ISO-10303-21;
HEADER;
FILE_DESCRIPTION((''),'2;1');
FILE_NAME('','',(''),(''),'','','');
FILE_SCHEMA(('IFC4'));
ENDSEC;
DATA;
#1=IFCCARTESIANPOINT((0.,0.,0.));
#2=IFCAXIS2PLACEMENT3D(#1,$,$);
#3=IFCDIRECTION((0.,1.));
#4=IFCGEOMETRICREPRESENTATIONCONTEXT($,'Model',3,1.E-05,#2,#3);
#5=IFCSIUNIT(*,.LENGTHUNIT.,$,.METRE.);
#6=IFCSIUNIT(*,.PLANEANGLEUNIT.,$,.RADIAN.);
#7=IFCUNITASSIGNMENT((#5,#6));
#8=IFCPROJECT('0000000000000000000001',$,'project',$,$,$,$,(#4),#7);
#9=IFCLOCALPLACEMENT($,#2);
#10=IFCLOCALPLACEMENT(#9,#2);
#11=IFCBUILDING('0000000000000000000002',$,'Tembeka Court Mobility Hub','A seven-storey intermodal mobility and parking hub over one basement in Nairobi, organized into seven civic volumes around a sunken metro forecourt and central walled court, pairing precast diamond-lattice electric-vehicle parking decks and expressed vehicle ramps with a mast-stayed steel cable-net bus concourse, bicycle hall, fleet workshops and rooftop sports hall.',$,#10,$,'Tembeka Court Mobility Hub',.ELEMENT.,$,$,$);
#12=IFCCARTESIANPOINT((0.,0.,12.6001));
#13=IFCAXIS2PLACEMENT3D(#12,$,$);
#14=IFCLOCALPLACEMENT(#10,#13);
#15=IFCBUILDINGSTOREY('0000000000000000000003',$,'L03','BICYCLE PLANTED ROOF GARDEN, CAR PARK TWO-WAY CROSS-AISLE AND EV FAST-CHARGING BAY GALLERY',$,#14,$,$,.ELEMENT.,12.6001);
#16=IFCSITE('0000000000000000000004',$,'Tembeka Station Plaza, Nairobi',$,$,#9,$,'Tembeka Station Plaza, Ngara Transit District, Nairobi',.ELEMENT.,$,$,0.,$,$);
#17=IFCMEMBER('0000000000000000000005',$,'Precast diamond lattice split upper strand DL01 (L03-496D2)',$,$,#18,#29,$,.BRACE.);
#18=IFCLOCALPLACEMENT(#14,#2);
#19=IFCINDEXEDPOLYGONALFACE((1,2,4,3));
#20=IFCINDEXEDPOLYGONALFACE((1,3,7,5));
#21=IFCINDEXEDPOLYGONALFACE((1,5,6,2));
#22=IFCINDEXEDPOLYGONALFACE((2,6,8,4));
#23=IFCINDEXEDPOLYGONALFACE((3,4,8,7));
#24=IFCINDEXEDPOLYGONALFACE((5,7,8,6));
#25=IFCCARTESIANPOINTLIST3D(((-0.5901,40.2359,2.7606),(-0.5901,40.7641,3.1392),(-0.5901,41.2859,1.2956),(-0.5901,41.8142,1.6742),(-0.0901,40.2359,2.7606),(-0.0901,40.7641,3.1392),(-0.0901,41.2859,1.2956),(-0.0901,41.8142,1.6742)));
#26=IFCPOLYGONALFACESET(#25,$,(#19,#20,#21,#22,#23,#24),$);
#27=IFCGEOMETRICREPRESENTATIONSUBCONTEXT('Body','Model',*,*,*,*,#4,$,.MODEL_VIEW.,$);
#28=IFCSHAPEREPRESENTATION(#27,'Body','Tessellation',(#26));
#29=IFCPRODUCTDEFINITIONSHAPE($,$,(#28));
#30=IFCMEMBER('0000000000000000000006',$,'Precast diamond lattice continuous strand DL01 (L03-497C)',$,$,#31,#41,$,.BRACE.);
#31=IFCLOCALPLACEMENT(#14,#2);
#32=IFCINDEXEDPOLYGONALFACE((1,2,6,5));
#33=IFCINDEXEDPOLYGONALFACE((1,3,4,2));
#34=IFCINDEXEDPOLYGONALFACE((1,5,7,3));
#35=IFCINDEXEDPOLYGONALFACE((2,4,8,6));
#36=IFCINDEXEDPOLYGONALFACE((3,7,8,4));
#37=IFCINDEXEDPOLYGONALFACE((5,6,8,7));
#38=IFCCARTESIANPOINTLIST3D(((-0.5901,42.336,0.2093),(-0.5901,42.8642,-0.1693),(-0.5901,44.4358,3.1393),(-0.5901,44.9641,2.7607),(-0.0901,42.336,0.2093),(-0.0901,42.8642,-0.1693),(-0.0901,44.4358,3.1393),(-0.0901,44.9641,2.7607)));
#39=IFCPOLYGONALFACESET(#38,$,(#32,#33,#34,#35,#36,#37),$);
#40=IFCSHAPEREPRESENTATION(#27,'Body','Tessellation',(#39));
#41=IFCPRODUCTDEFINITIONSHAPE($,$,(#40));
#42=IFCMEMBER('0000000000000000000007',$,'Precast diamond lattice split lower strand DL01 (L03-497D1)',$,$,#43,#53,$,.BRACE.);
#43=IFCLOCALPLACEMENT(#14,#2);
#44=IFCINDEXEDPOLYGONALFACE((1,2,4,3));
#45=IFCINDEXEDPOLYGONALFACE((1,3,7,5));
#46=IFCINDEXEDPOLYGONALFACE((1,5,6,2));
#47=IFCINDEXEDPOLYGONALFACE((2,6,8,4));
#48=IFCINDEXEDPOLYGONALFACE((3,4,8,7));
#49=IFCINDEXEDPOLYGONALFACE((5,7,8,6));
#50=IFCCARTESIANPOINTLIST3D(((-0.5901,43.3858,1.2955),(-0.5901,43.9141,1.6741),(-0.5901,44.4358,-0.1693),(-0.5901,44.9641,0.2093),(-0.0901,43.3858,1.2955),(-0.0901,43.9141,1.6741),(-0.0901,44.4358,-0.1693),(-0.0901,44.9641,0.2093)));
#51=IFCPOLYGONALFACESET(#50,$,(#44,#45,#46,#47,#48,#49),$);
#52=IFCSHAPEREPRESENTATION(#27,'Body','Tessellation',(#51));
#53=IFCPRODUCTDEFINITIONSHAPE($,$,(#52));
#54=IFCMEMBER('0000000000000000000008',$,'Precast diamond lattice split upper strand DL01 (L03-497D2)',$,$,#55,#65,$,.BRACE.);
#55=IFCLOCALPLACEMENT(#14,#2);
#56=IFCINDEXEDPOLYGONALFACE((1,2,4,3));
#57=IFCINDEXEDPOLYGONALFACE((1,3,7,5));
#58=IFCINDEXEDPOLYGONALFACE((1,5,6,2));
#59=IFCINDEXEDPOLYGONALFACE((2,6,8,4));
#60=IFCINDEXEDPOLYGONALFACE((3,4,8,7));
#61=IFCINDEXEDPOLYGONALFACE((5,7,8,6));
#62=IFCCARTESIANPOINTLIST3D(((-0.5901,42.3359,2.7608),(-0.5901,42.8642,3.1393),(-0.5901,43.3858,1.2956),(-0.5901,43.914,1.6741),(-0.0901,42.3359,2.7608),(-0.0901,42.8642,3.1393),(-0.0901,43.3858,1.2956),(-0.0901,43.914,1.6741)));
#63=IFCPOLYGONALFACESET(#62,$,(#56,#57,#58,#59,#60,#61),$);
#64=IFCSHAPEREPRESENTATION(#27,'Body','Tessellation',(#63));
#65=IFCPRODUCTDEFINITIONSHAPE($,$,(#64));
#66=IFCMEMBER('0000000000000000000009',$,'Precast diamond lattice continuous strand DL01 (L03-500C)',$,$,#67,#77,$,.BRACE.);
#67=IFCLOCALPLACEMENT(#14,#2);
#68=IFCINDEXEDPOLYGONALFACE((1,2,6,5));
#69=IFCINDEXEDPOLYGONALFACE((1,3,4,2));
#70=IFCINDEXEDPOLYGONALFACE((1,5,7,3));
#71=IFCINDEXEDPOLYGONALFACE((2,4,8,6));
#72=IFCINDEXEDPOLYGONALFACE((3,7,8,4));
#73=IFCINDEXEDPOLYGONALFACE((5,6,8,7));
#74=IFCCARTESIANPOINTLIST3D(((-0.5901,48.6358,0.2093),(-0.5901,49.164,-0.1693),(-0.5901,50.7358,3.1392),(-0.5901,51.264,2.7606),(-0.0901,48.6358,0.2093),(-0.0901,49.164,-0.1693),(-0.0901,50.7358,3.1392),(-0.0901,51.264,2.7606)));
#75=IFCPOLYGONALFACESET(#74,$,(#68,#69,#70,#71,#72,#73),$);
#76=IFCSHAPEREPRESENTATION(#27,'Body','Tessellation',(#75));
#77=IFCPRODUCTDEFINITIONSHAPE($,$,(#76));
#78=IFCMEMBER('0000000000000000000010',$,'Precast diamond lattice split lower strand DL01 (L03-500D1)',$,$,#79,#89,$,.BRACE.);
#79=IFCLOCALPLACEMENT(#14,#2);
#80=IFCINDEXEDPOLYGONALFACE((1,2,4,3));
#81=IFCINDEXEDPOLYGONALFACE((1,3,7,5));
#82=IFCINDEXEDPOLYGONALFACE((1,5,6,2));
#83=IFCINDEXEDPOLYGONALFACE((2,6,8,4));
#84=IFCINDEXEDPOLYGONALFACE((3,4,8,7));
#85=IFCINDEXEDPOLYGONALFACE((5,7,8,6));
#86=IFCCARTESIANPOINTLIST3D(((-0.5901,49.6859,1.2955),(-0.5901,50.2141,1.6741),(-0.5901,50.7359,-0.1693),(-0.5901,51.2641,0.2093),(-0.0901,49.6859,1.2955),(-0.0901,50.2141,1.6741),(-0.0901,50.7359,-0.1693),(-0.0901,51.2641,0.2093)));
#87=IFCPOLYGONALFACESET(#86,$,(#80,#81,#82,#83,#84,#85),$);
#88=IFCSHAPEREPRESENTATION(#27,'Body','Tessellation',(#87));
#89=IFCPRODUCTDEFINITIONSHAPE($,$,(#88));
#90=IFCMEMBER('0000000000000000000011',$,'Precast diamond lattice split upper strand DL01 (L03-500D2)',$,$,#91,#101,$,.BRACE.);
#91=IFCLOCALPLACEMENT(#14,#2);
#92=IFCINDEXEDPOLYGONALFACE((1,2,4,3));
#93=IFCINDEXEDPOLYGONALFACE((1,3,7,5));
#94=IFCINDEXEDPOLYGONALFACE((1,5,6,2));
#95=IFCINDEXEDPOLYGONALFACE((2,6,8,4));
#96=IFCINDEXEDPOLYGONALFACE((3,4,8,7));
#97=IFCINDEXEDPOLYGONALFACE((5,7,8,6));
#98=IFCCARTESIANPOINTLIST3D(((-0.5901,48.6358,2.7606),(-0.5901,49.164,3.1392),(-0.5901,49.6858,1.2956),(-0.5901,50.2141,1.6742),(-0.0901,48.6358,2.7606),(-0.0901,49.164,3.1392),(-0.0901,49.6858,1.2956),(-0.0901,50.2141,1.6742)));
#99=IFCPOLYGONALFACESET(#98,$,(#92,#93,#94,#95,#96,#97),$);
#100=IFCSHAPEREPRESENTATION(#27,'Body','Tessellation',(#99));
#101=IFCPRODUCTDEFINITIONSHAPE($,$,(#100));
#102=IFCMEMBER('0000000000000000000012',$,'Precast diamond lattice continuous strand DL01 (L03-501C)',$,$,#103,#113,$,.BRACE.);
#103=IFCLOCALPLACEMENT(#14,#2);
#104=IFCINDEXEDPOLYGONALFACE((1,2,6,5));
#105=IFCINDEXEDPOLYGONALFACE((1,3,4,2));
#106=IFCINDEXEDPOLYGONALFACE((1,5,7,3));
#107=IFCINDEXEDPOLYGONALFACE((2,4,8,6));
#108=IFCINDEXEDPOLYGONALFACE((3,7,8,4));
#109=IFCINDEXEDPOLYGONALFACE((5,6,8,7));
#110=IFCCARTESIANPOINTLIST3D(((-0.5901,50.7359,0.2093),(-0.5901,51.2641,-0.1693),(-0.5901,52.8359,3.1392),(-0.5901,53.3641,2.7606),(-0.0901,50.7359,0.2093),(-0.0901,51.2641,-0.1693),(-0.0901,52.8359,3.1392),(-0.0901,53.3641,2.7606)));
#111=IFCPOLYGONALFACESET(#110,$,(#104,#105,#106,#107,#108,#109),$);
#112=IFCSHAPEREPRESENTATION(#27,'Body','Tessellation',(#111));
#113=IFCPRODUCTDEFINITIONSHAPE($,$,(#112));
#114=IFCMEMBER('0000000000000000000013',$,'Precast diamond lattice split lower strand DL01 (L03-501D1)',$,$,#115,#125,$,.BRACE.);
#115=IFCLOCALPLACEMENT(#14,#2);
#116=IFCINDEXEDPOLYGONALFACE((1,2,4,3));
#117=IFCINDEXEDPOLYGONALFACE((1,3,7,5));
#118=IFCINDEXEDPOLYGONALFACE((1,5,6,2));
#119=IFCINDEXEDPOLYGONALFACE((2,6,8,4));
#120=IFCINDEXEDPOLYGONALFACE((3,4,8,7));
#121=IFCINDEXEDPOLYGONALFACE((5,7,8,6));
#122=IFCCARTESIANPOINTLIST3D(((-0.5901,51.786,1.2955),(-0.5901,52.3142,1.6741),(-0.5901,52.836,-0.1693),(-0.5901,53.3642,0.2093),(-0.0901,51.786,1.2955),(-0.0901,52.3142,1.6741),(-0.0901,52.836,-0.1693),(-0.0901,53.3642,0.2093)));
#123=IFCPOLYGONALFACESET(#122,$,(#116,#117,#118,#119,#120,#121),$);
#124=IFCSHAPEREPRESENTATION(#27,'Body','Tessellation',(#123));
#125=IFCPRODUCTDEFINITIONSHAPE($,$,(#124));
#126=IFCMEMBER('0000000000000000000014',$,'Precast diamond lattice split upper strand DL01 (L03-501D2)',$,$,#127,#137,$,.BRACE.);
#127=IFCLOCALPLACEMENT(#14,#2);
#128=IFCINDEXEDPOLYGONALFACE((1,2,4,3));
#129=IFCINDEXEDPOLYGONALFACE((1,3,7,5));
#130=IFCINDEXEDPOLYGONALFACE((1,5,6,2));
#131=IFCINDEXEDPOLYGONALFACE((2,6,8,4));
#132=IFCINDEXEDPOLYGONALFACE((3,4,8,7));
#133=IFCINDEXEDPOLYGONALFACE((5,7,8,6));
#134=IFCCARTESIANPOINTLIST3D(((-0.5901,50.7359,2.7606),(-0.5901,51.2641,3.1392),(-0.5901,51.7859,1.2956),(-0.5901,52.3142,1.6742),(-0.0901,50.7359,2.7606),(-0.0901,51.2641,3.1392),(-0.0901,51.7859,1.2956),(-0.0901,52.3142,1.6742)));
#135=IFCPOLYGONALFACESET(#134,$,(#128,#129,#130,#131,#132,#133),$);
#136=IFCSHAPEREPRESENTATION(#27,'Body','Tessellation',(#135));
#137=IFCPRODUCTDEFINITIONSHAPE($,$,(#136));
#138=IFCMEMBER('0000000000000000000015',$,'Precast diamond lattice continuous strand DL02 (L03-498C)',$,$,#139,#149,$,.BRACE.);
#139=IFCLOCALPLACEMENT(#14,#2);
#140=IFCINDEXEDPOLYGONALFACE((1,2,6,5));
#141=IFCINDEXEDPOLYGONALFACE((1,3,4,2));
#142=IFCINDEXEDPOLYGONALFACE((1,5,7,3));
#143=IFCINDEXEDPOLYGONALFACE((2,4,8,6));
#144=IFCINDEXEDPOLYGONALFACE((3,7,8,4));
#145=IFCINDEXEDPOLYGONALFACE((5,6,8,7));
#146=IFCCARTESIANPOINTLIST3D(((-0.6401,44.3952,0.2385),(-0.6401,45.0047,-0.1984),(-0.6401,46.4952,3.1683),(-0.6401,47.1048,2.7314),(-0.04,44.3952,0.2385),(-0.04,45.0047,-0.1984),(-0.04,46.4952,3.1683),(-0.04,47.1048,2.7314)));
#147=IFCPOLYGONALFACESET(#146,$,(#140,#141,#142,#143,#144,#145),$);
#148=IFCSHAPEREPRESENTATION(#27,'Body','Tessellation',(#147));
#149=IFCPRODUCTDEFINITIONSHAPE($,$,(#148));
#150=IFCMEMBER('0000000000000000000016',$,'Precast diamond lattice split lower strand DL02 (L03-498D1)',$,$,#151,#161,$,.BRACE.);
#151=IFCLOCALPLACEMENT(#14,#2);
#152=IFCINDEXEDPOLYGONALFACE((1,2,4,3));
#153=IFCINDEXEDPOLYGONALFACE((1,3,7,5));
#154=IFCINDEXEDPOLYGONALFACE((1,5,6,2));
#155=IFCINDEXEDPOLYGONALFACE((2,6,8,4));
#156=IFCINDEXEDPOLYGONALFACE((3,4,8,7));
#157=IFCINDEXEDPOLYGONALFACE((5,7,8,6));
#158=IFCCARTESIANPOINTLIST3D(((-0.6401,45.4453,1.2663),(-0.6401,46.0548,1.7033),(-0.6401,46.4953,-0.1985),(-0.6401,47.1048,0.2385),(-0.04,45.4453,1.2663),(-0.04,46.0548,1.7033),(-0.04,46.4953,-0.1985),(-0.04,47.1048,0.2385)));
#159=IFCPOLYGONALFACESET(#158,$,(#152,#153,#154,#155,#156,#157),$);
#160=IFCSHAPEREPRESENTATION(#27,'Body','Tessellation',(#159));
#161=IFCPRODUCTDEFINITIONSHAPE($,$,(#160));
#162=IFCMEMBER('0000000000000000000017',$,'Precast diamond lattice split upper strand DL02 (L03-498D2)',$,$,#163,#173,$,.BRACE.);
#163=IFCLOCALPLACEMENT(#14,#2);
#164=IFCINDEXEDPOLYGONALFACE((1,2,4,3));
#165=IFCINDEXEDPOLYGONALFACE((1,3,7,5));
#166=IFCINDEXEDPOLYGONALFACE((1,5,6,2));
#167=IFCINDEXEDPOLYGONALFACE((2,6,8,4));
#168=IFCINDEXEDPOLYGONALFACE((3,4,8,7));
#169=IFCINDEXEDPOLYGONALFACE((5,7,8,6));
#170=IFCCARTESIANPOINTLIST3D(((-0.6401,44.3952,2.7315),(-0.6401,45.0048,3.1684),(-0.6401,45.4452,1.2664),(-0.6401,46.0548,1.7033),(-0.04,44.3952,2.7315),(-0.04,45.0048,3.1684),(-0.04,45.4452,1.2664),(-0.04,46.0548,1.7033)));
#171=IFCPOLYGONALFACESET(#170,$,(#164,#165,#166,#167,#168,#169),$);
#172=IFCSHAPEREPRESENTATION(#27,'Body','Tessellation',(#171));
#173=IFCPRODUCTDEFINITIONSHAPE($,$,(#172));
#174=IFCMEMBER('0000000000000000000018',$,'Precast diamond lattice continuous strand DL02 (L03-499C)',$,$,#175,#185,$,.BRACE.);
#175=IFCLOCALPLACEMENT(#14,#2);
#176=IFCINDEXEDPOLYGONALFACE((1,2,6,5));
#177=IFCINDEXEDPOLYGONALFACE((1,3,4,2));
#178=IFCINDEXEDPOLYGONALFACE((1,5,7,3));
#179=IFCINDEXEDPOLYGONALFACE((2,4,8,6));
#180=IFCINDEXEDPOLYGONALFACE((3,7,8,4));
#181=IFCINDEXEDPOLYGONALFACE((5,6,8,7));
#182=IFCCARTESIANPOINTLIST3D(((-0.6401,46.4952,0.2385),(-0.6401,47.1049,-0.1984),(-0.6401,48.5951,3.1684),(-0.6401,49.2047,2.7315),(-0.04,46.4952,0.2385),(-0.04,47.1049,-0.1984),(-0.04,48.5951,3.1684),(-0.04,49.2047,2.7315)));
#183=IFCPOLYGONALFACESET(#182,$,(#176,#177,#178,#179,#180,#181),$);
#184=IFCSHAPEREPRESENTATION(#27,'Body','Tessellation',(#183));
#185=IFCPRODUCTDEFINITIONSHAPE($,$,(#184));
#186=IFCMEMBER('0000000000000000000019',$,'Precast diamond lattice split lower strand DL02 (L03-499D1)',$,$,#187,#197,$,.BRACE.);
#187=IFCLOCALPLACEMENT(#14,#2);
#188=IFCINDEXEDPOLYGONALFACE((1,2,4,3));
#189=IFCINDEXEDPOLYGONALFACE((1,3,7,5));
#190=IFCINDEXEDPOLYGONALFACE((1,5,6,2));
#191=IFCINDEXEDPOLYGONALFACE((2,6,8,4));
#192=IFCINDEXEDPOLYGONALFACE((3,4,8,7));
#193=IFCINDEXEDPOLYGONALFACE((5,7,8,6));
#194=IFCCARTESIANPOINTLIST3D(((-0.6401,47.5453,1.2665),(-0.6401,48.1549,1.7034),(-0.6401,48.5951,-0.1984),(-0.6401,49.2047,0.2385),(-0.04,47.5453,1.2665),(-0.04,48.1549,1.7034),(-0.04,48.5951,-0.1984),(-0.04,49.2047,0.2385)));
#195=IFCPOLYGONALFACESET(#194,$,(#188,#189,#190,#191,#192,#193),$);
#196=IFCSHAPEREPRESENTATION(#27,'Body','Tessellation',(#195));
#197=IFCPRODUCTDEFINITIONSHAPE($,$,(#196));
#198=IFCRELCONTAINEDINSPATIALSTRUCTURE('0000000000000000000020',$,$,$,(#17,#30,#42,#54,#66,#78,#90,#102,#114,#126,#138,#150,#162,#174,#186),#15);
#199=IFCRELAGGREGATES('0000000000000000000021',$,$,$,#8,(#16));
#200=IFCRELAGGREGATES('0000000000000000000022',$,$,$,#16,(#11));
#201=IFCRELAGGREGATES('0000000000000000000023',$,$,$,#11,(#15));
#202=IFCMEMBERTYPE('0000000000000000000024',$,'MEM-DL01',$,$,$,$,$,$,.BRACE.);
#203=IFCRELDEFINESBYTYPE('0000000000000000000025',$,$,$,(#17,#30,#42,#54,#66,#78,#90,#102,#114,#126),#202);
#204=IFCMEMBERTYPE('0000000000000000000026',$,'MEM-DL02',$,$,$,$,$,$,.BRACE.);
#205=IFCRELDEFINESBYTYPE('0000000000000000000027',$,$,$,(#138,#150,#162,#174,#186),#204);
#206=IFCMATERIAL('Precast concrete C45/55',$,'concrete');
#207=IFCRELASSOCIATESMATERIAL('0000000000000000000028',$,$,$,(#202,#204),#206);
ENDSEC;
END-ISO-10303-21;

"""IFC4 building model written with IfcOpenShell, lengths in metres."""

from ifc_helpers import new_model, si_unit, direction, frame, origin, origin_2d, place, context, subcontext, project, spatial, rectangle, extrude, material, material_profile, profile_set, type_object, element, save


model = new_model("IFC4")

# Units and contexts
model_context = context("Model", 3, precision=1e-05, world=origin(), true_north=direction((0.0, 1.0)))
body_context = subcontext(model_context, "Body", "Model", "MODEL_VIEW")
ifc_project = project(units=[si_unit("LENGTHUNIT", "METRE"), si_unit("PLANEANGLEUNIT", "RADIAN")], contexts=[model_context])

# Site, building, storey
site_placement = place(None, origin())
site = spatial("IfcSite", under=ifc_project, at=site_placement, Name="Tembeka Station Plaza, Nairobi", LongName="Tembeka Station Plaza, Ngara Transit District, Nairobi", CompositionType="ELEMENT", RefElevation=0.0)
building_placement = place(site_placement, origin())
building = spatial("IfcBuilding", under=site, at=building_placement, Name="Tembeka Court Mobility Hub", Description="A seven-storey intermodal mobility and parking hub over one basement in Nairobi, organized into seven civic volumes around a sunken metro forecourt and central walled court, pairing precast diamond-lattice electric-vehicle parking decks and expressed vehicle ramps with a mast-stayed steel cable-net bus concourse, bicycle hall, fleet workshops and rooftop sports hall.", LongName="Tembeka Court Mobility Hub", CompositionType="ELEMENT")
storey_placement = place(building_placement, frame((0.0, 0.0, 12.6001)))
storey = spatial("IfcBuildingStorey", under=building, at=storey_placement, Name="L03", Description="BICYCLE PLANTED ROOF GARDEN, CAR PARK TWO-WAY CROSS-AISLE AND EV FAST-CHARGING BAY GALLERY", CompositionType="ELEMENT", Elevation=12.6001)

# Shared definitions
ifc_material_1 = material(Name="Precast concrete C45/55", Category="concrete")

# Members
ifc_material_profile_1 = material_profile(ifc_material_1, rectangle(XDim=0.5, YDim=0.6499, at=origin_2d()), Name="PC-DIAG 500x650")
ifc_profile_set_1 = profile_set([ifc_material_profile_1], Name="Precast concrete C45/55")
member_type_1 = type_object("IfcMemberType", Name="MEM-DL01", PredefinedType="BRACE", material=ifc_profile_set_1)
member_1_placement = place(storey_placement, frame((-0.3401, 41.55, 1.4849), z_axis=(0.0, -0.582544, 0.812799), x_axis=(1.0, 0.0, 0.0)))
element("IfcMember", 1, at=member_1_placement, inside=storey, type_object=member_type_1, Name="Precast diamond lattice split upper strand DL01 (L03-496D2)", PredefinedType="BRACE", context=body_context, shape_type="SweptSolid", body=[
    extrude(rectangle(XDim=0.5, YDim=0.6499, at=origin_2d()), origin(), (0.0, 0.0, 1.0), 1.8025),
])
member_2_placement = place(storey_placement, frame((-0.3401, 42.6001, 0.02), z_axis=(0.0, 0.582532, 0.812808), x_axis=(-1.0, 0.0, 0.0)))
element("IfcMember", 2, at=member_2_placement, inside=storey, type_object=member_type_1, Name="Precast diamond lattice continuous strand DL01 (L03-497C)", PredefinedType="BRACE", context=body_context, shape_type="SweptSolid", body=[
    extrude(rectangle(XDim=0.5, YDim=0.6499, at=origin_2d()), origin(), (0.0, 0.0, 1.0), 3.6047),
])
member_3_placement = place(storey_placement, frame((-0.3401, 44.7, 0.02), z_axis=(0.0, -0.582608, 0.812753), x_axis=(1.0, 0.0, 0.0)))
element("IfcMember", 3, at=member_3_placement, inside=storey, type_object=member_type_1, Name="Precast diamond lattice split lower strand DL01 (L03-497D1)", PredefinedType="BRACE", context=body_context, shape_type="SweptSolid", body=[
    extrude(rectangle(XDim=0.5, YDim=0.6499, at=origin_2d()), origin(), (0.0, 0.0, 1.0), 1.8022),
])
member_4_placement = place(storey_placement, frame((-0.3401, 43.6499, 1.4849), z_axis=(0.0, -0.582455, 0.812863), x_axis=(1.0, 0.0, 0.0)))
element("IfcMember", 4, at=member_4_placement, inside=storey, type_object=member_type_1, Name="Precast diamond lattice split upper strand DL01 (L03-497D2)", PredefinedType="BRACE", context=body_context, shape_type="SweptSolid", body=[
    extrude(rectangle(XDim=0.5, YDim=0.6499, at=origin_2d()), origin(), (0.0, 0.0, 1.0), 1.8025),
])
member_5_placement = place(storey_placement, frame((-0.3401, 48.8999, 0.02), z_axis=(0.0, 0.582576, 0.812776), x_axis=(-1.0, 0.0, 0.0)))
element("IfcMember", 5, at=member_5_placement, inside=storey, type_object=member_type_1, Name="Precast diamond lattice continuous strand DL01 (L03-500C)", PredefinedType="BRACE", context=body_context, shape_type="SweptSolid", body=[
    extrude(rectangle(XDim=0.5, YDim=0.6499, at=origin_2d()), origin(), (0.0, 0.0, 1.0), 3.6047),
])
member_6_placement = place(storey_placement, frame((-0.3401, 51.0, 0.02), z_axis=(0.0, -0.582608, 0.812753), x_axis=(1.0, 0.0, 0.0)))
element("IfcMember", 6, at=member_6_placement, inside=storey, type_object=member_type_1, Name="Precast diamond lattice split lower strand DL01 (L03-500D1)", PredefinedType="BRACE", context=body_context, shape_type="SweptSolid", body=[
    extrude(rectangle(XDim=0.5, YDim=0.6499, at=origin_2d()), origin(), (0.0, 0.0, 1.0), 1.8022),
])
member_7_placement = place(storey_placement, frame((-0.3401, 49.95, 1.4849), z_axis=(0.0, -0.582544, 0.812799), x_axis=(1.0, 0.0, 0.0)))
element("IfcMember", 7, at=member_7_placement, inside=storey, type_object=member_type_1, Name="Precast diamond lattice split upper strand DL01 (L03-500D2)", PredefinedType="BRACE", context=body_context, shape_type="SweptSolid", body=[
    extrude(rectangle(XDim=0.5, YDim=0.6499, at=origin_2d()), origin(), (0.0, 0.0, 1.0), 1.8025),
])
member_8_placement = place(storey_placement, frame((-0.3401, 51.0, 0.02), z_axis=(0.0, 0.582576, 0.812776), x_axis=(-1.0, 0.0, 0.0)))
element("IfcMember", 8, at=member_8_placement, inside=storey, type_object=member_type_1, Name="Precast diamond lattice continuous strand DL01 (L03-501C)", PredefinedType="BRACE", context=body_context, shape_type="SweptSolid", body=[
    extrude(rectangle(XDim=0.5, YDim=0.6499, at=origin_2d()), origin(), (0.0, 0.0, 1.0), 3.6047),
])
member_9_placement = place(storey_placement, frame((-0.3401, 53.1001, 0.02), z_axis=(0.0, -0.582608, 0.812753), x_axis=(1.0, 0.0, 0.0)))
element("IfcMember", 9, at=member_9_placement, inside=storey, type_object=member_type_1, Name="Precast diamond lattice split lower strand DL01 (L03-501D1)", PredefinedType="BRACE", context=body_context, shape_type="SweptSolid", body=[
    extrude(rectangle(XDim=0.5, YDim=0.6499, at=origin_2d()), origin(), (0.0, 0.0, 1.0), 1.8022),
])
member_10_placement = place(storey_placement, frame((-0.3401, 52.05, 1.4849), z_axis=(0.0, -0.582544, 0.812799), x_axis=(1.0, 0.0, 0.0)))
element("IfcMember", 10, at=member_10_placement, inside=storey, type_object=member_type_1, Name="Precast diamond lattice split upper strand DL01 (L03-501D2)", PredefinedType="BRACE", context=body_context, shape_type="SweptSolid", body=[
    extrude(rectangle(XDim=0.5, YDim=0.6499, at=origin_2d()), origin(), (0.0, 0.0, 1.0), 1.8025),
])
ifc_material_profile_2 = material_profile(ifc_material_1, rectangle(XDim=0.6001, YDim=0.75, at=origin_2d()), Name="PC-DIAG 600x750")
ifc_profile_set_2 = profile_set([ifc_material_profile_2], Name="Precast concrete C45/55")
member_type_2 = type_object("IfcMemberType", Name="MEM-DL02", PredefinedType="BRACE", material=ifc_profile_set_2)
member_11_placement = place(storey_placement, frame((-0.3401, 44.7, 0.02), z_axis=(0.0, 0.582576, 0.812776), x_axis=(-1.0, 0.0, 0.0)))
element("IfcMember", 11, at=member_11_placement, inside=storey, type_object=member_type_2, Name="Precast diamond lattice continuous strand DL02 (L03-498C)", PredefinedType="BRACE", context=body_context, shape_type="SweptSolid", body=[
    extrude(rectangle(XDim=0.6001, YDim=0.75, at=origin_2d()), origin(), (0.0, 0.0, 1.0), 3.6047),
])
member_12_placement = place(storey_placement, frame((-0.3401, 46.8, 0.02), z_axis=(0.0, -0.582608, 0.812753), x_axis=(1.0, 0.0, 0.0)))
element("IfcMember", 12, at=member_12_placement, inside=storey, type_object=member_type_2, Name="Precast diamond lattice split lower strand DL02 (L03-498D1)", PredefinedType="BRACE", context=body_context, shape_type="SweptSolid", body=[
    extrude(rectangle(XDim=0.6001, YDim=0.75, at=origin_2d()), origin(), (0.0, 0.0, 1.0), 1.8022),
])
member_13_placement = place(storey_placement, frame((-0.3401, 45.75, 1.4849), z_axis=(0.0, -0.582544, 0.812799), x_axis=(1.0, 0.0, 0.0)))
element("IfcMember", 13, at=member_13_placement, inside=storey, type_object=member_type_2, Name="Precast diamond lattice split upper strand DL02 (L03-498D2)", PredefinedType="BRACE", context=body_context, shape_type="SweptSolid", body=[
    extrude(rectangle(XDim=0.6001, YDim=0.75, at=origin_2d()), origin(), (0.0, 0.0, 1.0), 1.8025),
])
member_14_placement = place(storey_placement, frame((-0.3401, 46.8, 0.02), z_axis=(0.0, 0.582532, 0.812808), x_axis=(-1.0, 0.0, 0.0)))
element("IfcMember", 14, at=member_14_placement, inside=storey, type_object=member_type_2, Name="Precast diamond lattice continuous strand DL02 (L03-499C)", PredefinedType="BRACE", context=body_context, shape_type="SweptSolid", body=[
    extrude(rectangle(XDim=0.6001, YDim=0.75, at=origin_2d()), origin(), (0.0, 0.0, 1.0), 3.6047),
])
member_15_placement = place(storey_placement, frame((-0.3401, 48.8999, 0.02), z_axis=(0.0, -0.582519, 0.812817), x_axis=(1.0, 0.0, 0.0)))
element("IfcMember", 15, at=member_15_placement, inside=storey, type_object=member_type_2, Name="Precast diamond lattice split lower strand DL02 (L03-499D1)", PredefinedType="BRACE", context=body_context, shape_type="SweptSolid", body=[
    extrude(rectangle(XDim=0.6001, YDim=0.75, at=origin_2d()), origin(), (0.0, 0.0, 1.0), 1.8022),
])

save(model, "model.ifc")
